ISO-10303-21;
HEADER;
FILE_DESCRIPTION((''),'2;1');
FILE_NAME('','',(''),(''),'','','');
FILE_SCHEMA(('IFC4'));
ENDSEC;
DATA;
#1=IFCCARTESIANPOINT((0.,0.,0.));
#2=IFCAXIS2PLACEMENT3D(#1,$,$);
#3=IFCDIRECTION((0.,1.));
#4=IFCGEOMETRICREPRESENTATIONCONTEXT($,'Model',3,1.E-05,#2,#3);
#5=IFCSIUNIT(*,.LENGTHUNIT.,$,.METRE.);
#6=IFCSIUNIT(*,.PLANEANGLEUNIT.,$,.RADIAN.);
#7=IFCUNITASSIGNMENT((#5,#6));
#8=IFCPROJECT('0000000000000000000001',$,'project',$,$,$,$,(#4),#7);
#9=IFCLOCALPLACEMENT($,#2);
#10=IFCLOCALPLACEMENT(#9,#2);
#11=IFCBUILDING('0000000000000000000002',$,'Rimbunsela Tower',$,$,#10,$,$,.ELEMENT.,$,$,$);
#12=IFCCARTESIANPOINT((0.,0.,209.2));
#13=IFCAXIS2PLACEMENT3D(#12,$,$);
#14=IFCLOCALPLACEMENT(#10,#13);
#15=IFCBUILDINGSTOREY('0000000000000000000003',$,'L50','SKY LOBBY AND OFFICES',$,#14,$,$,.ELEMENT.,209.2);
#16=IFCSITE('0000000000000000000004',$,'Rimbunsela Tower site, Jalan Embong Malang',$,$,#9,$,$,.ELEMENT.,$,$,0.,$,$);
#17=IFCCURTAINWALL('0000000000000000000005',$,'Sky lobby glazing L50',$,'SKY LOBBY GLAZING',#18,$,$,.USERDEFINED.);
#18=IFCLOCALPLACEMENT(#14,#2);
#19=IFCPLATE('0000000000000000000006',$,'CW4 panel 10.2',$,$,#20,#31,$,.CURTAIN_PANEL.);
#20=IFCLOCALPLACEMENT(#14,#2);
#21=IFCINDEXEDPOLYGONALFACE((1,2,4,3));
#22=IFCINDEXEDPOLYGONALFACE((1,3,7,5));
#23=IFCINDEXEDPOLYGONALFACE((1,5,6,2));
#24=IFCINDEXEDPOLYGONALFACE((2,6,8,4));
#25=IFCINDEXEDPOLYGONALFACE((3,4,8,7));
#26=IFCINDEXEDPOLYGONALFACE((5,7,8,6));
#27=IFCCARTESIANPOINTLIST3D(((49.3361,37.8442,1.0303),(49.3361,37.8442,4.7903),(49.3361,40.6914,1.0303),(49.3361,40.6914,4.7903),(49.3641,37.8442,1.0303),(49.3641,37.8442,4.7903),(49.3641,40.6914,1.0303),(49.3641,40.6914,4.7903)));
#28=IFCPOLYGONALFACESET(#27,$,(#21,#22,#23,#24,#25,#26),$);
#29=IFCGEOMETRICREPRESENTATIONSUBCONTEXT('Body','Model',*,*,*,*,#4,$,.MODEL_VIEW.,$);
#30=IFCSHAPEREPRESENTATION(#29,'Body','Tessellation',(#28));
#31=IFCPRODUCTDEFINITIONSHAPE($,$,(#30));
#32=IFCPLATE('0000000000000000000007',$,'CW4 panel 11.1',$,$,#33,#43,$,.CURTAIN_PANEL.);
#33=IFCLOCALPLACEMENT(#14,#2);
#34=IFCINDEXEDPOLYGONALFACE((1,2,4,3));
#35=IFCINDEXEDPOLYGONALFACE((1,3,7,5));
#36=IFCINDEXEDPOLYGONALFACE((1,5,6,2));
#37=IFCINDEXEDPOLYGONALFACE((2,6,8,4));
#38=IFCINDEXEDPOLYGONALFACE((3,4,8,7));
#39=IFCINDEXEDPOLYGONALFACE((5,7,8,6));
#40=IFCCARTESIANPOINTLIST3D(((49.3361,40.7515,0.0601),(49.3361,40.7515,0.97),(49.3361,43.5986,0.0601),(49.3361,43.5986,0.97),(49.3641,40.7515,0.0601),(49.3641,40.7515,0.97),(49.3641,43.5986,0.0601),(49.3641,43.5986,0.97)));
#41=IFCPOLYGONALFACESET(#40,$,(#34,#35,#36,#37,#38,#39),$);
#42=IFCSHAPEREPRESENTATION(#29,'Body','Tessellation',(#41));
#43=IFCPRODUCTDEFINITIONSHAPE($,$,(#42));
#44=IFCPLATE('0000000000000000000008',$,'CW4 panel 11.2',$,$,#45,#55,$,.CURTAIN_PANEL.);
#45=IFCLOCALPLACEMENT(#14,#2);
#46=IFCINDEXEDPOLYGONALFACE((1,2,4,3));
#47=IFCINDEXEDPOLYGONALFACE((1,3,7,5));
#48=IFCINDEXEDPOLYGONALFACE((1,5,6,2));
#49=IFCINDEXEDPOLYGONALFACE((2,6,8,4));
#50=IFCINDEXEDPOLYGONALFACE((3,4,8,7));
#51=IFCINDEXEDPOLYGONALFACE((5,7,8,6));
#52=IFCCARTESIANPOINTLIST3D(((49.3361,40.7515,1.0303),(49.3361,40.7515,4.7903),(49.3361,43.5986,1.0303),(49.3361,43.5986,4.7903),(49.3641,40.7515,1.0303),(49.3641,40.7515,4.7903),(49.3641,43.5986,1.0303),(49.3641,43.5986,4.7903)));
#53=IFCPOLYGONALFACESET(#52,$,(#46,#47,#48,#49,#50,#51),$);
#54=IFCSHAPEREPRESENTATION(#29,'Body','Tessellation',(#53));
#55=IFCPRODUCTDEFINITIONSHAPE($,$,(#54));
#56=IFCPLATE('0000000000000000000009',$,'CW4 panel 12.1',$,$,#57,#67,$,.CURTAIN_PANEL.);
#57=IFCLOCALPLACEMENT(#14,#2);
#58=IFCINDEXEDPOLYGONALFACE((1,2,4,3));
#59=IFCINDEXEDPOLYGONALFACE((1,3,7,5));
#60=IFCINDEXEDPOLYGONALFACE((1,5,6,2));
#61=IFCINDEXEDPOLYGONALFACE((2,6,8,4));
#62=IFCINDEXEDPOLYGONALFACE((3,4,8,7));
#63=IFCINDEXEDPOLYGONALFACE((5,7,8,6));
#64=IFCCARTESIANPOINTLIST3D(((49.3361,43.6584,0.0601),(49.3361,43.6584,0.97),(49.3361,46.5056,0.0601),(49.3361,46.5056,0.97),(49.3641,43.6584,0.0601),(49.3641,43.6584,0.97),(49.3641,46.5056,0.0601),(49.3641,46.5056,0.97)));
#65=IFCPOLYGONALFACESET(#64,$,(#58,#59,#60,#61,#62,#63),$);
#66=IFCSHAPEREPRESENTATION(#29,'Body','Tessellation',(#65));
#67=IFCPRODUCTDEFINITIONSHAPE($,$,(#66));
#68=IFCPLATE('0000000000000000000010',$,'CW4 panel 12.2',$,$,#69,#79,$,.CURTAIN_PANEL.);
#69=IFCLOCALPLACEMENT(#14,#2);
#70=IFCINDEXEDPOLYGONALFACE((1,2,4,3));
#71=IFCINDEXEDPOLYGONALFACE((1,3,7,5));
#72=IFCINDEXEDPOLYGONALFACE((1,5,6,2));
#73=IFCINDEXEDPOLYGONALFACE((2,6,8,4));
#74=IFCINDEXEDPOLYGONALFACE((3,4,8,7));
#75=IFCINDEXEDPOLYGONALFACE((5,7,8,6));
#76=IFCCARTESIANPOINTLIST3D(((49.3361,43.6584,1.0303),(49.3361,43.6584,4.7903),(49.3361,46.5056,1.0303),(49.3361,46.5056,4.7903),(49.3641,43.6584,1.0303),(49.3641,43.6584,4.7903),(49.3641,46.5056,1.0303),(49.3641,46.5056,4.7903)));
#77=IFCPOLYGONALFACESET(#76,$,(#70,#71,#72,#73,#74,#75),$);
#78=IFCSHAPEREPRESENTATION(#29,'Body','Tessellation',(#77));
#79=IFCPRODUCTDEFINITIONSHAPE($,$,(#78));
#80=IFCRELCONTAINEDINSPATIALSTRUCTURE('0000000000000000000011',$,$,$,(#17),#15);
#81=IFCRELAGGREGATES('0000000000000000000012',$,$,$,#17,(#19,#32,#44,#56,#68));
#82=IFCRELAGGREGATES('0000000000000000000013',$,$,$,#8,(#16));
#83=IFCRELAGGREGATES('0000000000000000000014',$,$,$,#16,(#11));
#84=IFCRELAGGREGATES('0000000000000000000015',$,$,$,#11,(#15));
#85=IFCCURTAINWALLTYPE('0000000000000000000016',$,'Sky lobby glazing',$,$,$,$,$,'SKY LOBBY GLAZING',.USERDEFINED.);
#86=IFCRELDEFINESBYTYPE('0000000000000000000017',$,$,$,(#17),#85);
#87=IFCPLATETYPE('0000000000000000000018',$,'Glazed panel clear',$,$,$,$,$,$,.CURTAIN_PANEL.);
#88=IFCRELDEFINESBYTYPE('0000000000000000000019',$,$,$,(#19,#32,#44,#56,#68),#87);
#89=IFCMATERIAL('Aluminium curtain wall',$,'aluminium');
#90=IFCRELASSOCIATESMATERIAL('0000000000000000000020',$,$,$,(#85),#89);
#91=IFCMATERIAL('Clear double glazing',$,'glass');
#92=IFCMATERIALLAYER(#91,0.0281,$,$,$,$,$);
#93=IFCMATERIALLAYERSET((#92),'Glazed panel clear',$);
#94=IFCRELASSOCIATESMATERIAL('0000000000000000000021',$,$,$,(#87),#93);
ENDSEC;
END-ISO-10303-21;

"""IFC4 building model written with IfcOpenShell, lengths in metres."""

from ifc_helpers import new_model, si_unit, direction, frame, origin, origin_2d, place, context, subcontext, project, spatial, rectangle, extrude, material, layer, layer_set, type_object, element, aggregate, save


model = new_model("IFC4")

# Units and contexts
model_context = context("Model", 3, precision=1e-05, world=origin(), true_north=direction((0.0, 1.0)))
body_context = subcontext(model_context, "Body", "Model", "MODEL_VIEW")
ifc_project = project(units=[si_unit("LENGTHUNIT", "METRE"), si_unit("PLANEANGLEUNIT", "RADIAN")], contexts=[model_context])

# Site, building, storey
site_placement = place(None, origin())
site = spatial("IfcSite", under=ifc_project, at=site_placement, Name="Rimbunsela Tower site, Jalan Embong Malang", CompositionType="ELEMENT", RefElevation=0.0)
building_placement = place(site_placement, origin())
building = spatial("IfcBuilding", under=site, at=building_placement, Name="Rimbunsela Tower", CompositionType="ELEMENT")
storey_placement = place(building_placement, frame((0.0, 0.0, 209.2)))
storey = spatial("IfcBuildingStorey", under=building, at=storey_placement, Name="L50", Description="SKY LOBBY AND OFFICES", CompositionType="ELEMENT", Elevation=209.2)

# Curtain wall, plates
ifc_material_1 = material(Name="Aluminium curtain wall", Category="aluminium")
curtain_wall_type = type_object("IfcCurtainWallType", Name="Sky lobby glazing", ElementType="SKY LOBBY GLAZING", PredefinedType="USERDEFINED", material=ifc_material_1)
curtain_wall_placement = place(storey_placement, origin())
curtain_wall = element("IfcCurtainWall", 1, at=curtain_wall_placement, inside=storey, type_object=curtain_wall_type, Name="Sky lobby glazing L50", ObjectType="SKY LOBBY GLAZING", PredefinedType="USERDEFINED")
ifc_material_2 = material(Name="Clear double glazing", Category="glass")
ifc_layer = layer(ifc_material_2, 0.0281)
ifc_layer_set = layer_set([ifc_layer], Name="Glazed panel clear")
plate_type = type_object("IfcPlateType", Name="Glazed panel clear", PredefinedType="CURTAIN_PANEL", material=ifc_layer_set)
plate_1_placement = place(storey_placement, frame((49.3501, 39.2678, 1.0303), z_axis=(0.0, 0.0, 1.0), x_axis=(0.0, 1.0, 0.0)))
plate_1 = element("IfcPlate", 2, at=plate_1_placement, type_object=plate_type, Name="CW4 panel 10.2", PredefinedType="CURTAIN_PANEL", context=body_context, shape_type="SweptSolid", body=[
    extrude(rectangle(XDim=2.8472, YDim=0.0281, at=origin_2d()), origin(), (0.0, 0.0, 1.0), 3.76),
])
plate_2_placement = place(storey_placement, frame((49.3501, 42.175, 0.0601), z_axis=(0.0, 0.0, 1.0), x_axis=(0.0, 1.0, 0.0)))
plate_2 = element("IfcPlate", 3, at=plate_2_placement, type_object=plate_type, Name="CW4 panel 11.1", PredefinedType="CURTAIN_PANEL", context=body_context, shape_type="SweptSolid", body=[
    extrude(rectangle(XDim=2.8472, YDim=0.0281, at=origin_2d()), origin(), (0.0, 0.0, 1.0), 0.9099),
])
plate_3_placement = place(storey_placement, frame((49.3501, 42.175, 1.0303), z_axis=(0.0, 0.0, 1.0), x_axis=(0.0, 1.0, 0.0)))
plate_3 = element("IfcPlate", 4, at=plate_3_placement, type_object=plate_type, Name="CW4 panel 11.2", PredefinedType="CURTAIN_PANEL", context=body_context, shape_type="SweptSolid", body=[
    extrude(rectangle(XDim=2.8472, YDim=0.0281, at=origin_2d()), origin(), (0.0, 0.0, 1.0), 3.76),
])
plate_4_placement = place(storey_placement, frame((49.3501, 45.082, 0.0601), z_axis=(0.0, 0.0, 1.0), x_axis=(0.0, 1.0, 0.0)))
plate_4 = element("IfcPlate", 5, at=plate_4_placement, type_object=plate_type, Name="CW4 panel 12.1", PredefinedType="CURTAIN_PANEL", context=body_context, shape_type="SweptSolid", body=[
    extrude(rectangle(XDim=2.8472, YDim=0.0281, at=origin_2d()), origin(), (0.0, 0.0, 1.0), 0.9099),
])
plate_5_placement = place(storey_placement, frame((49.3501, 45.082, 1.0303), z_axis=(0.0, 0.0, 1.0), x_axis=(0.0, 1.0, 0.0)))
plate_5 = element("IfcPlate", 6, at=plate_5_placement, type_object=plate_type, Name="CW4 panel 12.2", PredefinedType="CURTAIN_PANEL", context=body_context, shape_type="SweptSolid", body=[
    extrude(rectangle(XDim=2.8472, YDim=0.0281, at=origin_2d()), origin(), (0.0, 0.0, 1.0), 3.76),
])
aggregate(curtain_wall, [plate_1, plate_2, plate_3, plate_4, plate_5])

save(model, "model.ifc")
